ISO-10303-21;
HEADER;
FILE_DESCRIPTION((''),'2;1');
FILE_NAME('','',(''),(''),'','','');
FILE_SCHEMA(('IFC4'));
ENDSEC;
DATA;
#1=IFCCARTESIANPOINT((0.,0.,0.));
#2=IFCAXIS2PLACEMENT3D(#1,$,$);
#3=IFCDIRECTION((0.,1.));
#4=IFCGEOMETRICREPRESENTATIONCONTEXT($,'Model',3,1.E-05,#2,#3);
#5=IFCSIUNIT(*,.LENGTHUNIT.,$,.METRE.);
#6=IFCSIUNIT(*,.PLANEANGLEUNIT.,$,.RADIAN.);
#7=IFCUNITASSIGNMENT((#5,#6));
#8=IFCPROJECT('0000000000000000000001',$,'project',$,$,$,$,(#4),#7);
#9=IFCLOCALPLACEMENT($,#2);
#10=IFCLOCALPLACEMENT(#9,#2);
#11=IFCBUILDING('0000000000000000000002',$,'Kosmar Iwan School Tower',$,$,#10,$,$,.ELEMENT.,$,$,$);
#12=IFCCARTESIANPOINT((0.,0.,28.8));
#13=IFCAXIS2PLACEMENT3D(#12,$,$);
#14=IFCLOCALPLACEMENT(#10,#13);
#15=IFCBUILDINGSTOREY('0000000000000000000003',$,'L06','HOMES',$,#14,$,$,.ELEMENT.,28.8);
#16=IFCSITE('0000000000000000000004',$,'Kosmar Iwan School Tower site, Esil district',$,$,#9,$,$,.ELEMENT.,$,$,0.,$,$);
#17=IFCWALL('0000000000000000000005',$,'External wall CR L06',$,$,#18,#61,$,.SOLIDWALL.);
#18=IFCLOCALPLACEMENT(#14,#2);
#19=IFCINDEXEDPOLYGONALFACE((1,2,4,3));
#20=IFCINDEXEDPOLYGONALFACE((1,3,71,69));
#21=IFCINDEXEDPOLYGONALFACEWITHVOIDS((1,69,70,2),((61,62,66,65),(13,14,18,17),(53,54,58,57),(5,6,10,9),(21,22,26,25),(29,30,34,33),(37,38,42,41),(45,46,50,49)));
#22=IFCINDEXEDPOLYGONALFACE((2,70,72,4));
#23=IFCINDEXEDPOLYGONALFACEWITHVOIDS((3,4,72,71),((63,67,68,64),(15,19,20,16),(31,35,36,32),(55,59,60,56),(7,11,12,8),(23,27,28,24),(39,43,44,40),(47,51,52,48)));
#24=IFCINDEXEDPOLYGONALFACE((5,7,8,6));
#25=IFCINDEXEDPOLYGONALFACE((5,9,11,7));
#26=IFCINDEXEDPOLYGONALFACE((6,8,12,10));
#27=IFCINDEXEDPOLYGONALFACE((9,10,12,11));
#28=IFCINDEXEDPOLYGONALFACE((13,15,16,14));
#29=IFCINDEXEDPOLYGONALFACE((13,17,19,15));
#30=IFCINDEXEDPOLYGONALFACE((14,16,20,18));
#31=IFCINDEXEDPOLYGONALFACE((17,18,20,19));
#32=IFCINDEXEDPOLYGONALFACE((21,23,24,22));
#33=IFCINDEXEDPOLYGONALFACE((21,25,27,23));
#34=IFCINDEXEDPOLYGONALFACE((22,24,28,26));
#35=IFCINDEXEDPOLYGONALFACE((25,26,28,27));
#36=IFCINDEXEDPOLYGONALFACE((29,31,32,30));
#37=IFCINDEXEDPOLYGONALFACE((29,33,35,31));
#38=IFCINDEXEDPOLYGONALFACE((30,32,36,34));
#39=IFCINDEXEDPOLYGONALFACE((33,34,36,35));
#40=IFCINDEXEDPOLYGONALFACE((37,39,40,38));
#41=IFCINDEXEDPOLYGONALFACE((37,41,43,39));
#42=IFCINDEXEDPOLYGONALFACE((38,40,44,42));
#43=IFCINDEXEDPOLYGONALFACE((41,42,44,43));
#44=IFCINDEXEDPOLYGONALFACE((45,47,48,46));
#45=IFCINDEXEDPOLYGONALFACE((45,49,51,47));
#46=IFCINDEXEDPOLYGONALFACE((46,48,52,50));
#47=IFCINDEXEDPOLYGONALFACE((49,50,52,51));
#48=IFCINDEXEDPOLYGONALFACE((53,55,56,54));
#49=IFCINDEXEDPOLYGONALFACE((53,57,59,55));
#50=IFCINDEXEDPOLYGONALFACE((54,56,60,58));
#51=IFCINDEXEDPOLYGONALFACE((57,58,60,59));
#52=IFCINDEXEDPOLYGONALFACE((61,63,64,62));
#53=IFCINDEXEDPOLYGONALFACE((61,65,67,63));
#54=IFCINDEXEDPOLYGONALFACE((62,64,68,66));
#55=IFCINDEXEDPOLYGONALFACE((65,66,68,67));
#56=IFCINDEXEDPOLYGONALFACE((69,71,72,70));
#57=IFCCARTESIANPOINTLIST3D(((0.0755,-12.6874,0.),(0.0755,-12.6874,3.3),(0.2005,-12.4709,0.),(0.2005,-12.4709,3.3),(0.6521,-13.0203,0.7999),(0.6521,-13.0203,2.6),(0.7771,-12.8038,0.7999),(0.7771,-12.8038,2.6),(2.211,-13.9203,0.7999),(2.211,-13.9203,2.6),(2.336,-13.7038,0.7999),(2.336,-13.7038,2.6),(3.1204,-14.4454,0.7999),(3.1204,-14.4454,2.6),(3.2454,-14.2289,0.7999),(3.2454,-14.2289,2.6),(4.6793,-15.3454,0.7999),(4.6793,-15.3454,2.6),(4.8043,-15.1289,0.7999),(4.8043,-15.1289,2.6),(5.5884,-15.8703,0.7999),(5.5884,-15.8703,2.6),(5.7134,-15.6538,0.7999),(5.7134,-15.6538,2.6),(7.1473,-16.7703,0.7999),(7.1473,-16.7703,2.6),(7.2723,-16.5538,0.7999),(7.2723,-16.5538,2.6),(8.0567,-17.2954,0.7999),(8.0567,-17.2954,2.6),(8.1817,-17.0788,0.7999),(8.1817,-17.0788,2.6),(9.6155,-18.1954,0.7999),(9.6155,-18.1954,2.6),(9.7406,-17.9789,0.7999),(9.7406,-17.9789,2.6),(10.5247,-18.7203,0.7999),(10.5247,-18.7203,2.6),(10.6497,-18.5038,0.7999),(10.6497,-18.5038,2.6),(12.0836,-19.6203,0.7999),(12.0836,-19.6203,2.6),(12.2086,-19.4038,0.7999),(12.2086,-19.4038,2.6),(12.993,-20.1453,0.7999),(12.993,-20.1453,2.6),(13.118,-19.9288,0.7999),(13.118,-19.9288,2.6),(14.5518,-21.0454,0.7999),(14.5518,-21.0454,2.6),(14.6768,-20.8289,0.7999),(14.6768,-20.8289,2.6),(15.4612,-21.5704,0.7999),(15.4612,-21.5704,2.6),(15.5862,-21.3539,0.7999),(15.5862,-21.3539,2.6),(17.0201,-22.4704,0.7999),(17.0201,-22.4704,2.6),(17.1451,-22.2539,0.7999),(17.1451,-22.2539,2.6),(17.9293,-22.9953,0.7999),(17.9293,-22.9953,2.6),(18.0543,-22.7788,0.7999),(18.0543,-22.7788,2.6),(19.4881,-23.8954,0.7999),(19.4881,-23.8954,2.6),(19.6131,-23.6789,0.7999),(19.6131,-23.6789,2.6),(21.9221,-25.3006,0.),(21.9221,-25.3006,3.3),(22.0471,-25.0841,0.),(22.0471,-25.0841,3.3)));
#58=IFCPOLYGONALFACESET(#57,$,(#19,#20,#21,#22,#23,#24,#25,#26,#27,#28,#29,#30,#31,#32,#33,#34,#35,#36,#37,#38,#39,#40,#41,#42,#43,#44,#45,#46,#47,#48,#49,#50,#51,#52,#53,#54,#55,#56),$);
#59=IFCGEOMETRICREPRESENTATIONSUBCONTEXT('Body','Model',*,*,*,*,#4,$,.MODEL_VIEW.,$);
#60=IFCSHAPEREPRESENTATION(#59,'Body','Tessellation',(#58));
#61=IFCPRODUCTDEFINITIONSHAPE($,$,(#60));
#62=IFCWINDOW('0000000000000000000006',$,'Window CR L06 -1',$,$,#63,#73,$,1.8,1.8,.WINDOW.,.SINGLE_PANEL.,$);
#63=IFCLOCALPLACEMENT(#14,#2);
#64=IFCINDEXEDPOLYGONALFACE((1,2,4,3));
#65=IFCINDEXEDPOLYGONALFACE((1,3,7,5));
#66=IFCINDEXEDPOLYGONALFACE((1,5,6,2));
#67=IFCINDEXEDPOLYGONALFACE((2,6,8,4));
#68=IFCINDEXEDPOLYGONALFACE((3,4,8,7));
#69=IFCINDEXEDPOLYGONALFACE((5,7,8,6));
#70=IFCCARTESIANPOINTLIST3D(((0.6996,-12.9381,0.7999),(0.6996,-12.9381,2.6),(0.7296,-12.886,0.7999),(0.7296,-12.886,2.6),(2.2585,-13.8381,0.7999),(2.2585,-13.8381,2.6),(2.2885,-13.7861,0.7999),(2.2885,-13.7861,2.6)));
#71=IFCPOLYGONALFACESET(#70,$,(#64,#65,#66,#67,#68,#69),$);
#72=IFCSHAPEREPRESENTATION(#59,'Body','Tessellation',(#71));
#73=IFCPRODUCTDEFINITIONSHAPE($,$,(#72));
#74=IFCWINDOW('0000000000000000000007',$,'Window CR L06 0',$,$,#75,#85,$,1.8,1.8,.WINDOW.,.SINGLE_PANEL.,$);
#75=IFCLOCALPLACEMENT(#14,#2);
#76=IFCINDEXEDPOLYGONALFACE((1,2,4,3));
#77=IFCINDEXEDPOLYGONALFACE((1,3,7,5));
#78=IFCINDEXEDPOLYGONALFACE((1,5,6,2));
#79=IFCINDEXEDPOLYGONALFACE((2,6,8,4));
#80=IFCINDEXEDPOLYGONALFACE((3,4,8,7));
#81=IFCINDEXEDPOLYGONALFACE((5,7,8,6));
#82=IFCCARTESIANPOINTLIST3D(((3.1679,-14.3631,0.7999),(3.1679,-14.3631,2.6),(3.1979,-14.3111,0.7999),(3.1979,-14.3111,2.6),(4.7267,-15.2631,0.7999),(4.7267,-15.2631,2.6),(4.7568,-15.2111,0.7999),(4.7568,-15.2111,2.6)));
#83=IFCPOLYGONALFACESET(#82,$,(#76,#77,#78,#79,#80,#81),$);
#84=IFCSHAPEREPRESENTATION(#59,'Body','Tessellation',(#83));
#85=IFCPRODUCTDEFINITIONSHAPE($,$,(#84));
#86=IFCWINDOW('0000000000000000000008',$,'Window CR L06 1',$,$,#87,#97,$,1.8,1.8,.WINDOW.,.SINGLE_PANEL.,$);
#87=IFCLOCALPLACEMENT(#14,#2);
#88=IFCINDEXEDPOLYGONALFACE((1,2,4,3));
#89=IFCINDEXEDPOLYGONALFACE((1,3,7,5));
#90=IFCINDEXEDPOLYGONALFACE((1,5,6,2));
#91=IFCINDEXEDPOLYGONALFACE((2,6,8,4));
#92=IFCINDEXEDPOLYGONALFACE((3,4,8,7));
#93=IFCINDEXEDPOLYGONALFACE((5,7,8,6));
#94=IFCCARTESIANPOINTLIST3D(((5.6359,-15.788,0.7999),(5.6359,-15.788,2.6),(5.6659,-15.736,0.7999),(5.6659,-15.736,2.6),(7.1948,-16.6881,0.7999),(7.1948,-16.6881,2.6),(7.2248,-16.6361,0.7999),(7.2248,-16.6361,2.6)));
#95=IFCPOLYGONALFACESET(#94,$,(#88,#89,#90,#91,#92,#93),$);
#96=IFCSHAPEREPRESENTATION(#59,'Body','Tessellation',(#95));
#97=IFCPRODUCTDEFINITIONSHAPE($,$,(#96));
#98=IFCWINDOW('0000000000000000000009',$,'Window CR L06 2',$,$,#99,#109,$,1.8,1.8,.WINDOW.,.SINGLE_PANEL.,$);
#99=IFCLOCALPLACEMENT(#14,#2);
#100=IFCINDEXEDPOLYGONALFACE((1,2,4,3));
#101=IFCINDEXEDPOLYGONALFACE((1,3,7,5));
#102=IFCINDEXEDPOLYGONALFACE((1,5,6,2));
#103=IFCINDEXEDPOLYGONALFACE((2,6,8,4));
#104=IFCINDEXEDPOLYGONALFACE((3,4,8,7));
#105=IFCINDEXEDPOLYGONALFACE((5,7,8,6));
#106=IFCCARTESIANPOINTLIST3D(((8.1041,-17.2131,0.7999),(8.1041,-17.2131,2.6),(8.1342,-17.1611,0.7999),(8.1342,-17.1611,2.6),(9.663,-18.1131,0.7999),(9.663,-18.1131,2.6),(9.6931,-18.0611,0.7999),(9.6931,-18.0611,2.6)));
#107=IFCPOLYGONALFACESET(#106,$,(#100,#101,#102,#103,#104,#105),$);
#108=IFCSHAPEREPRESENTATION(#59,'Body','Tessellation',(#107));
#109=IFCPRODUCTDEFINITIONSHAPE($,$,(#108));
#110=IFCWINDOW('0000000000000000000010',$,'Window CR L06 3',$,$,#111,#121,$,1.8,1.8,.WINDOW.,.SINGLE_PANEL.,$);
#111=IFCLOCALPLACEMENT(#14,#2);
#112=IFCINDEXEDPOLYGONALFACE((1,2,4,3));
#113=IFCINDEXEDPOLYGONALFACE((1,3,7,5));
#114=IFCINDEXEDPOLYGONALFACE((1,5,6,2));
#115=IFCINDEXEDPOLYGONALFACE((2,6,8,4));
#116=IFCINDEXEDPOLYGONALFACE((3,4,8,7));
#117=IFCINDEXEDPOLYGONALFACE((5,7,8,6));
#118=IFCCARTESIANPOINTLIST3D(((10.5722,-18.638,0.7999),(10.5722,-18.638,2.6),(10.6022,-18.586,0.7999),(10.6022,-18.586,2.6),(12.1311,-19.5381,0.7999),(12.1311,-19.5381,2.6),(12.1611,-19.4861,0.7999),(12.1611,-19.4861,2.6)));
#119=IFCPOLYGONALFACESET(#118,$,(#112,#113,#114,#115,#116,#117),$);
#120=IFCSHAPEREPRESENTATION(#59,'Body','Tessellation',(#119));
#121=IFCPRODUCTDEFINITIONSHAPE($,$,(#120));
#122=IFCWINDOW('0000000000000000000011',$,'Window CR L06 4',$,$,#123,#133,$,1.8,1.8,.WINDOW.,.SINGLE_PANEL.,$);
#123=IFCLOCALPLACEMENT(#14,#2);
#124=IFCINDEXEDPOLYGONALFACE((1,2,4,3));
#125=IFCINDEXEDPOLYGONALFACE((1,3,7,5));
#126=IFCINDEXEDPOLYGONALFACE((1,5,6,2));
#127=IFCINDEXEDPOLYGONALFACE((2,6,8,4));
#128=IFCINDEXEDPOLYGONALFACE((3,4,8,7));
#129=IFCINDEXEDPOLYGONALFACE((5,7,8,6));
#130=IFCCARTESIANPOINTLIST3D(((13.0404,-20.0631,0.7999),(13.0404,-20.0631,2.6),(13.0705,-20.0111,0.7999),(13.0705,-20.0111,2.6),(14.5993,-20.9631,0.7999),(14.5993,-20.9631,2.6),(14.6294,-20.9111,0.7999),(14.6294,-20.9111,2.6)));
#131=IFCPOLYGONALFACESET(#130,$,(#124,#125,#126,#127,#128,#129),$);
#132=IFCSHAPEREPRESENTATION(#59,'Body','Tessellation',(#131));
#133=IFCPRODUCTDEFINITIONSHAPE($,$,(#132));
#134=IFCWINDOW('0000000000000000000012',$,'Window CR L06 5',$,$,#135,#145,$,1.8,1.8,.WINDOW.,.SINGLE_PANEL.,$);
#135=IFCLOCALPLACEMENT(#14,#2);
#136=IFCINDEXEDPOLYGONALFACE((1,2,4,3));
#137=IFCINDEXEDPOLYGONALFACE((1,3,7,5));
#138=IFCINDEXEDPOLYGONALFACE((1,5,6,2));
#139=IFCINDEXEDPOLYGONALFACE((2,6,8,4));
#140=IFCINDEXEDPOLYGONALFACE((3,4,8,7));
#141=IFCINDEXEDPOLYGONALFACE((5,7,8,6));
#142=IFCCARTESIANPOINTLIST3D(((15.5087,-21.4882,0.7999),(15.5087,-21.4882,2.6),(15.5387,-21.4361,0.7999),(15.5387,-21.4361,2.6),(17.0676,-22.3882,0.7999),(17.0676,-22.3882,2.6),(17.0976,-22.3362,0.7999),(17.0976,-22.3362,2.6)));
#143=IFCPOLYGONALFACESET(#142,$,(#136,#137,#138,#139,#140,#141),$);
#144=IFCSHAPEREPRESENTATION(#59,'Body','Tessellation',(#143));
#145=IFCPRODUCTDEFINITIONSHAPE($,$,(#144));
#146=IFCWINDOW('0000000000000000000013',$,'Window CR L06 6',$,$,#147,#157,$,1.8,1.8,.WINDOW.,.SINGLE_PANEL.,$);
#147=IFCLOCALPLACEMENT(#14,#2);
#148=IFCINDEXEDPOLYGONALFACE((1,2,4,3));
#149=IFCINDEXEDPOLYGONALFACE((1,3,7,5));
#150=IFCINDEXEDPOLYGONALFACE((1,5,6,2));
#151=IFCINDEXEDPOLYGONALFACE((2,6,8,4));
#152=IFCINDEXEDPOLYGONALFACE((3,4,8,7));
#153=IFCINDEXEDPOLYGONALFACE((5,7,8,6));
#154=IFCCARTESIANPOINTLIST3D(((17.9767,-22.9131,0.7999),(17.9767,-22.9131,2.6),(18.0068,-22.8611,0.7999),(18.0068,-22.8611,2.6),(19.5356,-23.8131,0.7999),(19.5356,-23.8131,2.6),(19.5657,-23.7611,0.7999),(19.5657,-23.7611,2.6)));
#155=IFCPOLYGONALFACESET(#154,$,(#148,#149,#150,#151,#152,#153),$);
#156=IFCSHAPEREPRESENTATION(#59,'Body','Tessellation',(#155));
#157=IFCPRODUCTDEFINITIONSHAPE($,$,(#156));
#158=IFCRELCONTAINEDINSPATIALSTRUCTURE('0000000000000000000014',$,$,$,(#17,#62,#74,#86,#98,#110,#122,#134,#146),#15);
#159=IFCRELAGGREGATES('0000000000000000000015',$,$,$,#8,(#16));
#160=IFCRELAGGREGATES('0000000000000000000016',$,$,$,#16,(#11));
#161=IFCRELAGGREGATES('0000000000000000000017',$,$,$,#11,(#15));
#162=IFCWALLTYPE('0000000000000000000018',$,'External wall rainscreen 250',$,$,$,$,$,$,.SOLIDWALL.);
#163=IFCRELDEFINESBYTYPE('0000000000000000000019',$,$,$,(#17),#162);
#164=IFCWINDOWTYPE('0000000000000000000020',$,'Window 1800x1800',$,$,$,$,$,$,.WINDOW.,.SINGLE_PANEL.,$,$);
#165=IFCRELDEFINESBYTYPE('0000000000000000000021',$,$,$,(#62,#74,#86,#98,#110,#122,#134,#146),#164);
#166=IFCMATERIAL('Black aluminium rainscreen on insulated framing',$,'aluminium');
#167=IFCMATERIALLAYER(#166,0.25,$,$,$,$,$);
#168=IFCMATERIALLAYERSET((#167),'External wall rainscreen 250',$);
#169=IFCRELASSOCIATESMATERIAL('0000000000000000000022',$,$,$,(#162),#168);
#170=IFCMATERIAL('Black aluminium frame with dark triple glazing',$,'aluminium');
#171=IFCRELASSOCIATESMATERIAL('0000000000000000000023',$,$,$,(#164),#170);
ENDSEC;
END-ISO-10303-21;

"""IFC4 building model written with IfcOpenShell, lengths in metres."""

from ifc_helpers import new_model, si_unit, direction, frame, frame_2d, origin, place, context, subcontext, project, spatial, rectangle, extrude, material, layer, layer_set, type_object, element, fill, save


model = new_model("IFC4")

# Units and contexts
model_context = context("Model", 3, precision=1e-05, world=origin(), true_north=direction((0.0, 1.0)))
body_context = subcontext(model_context, "Body", "Model", "MODEL_VIEW")
ifc_project = project(units=[si_unit("LENGTHUNIT", "METRE"), si_unit("PLANEANGLEUNIT", "RADIAN")], contexts=[model_context])

# Site, building, storey
site_placement = place(None, origin())
site = spatial("IfcSite", under=ifc_project, at=site_placement, Name="Kosmar Iwan School Tower site, Esil district", CompositionType="ELEMENT", RefElevation=0.0)
building_placement = place(site_placement, origin())
building = spatial("IfcBuilding", under=site, at=building_placement, Name="Kosmar Iwan School Tower", CompositionType="ELEMENT")
storey_placement = place(building_placement, frame((0.0, 0.0, 28.8)))
storey = spatial("IfcBuildingStorey", under=building, at=storey_placement, Name="L06", Description="HOMES", CompositionType="ELEMENT", Elevation=28.8)

# Wall, openings, windows
ifc_material_1 = material(Name="Black aluminium rainscreen on insulated framing", Category="aluminium")
ifc_layer_1 = layer(ifc_material_1, 0.25)
ifc_layer_set_1 = layer_set([ifc_layer_1], Name="External wall rainscreen 250")
wall_type_1 = type_object("IfcWallType", Name="External wall rainscreen 250", PredefinedType="SOLIDWALL", material=ifc_layer_set_1)
wall_1_placement = place(storey_placement, frame((0.1379, -12.5791, 0.0), z_axis=(0.0, 0.0, 1.0), x_axis=(0.866024, -0.500003, 0.0)))
wall_1 = element("IfcWall", 1, at=wall_1_placement, inside=storey, type_object=wall_type_1, Name="External wall CR L06", PredefinedType="SOLIDWALL", context=body_context, shape_type="SweptSolid", body=[
    extrude(rectangle(XDim=25.2263, YDim=0.25, at=frame_2d((12.6133, 0.0))), origin(), (0.0, 0.0, 1.0), 3.3),
])
opening_1_placement = place(wall_1_placement, frame((0.666, 0.0, 0.8)))
opening_1 = element("IfcOpeningElement", 2, at=opening_1_placement, cuts=wall_1, PredefinedType="OPENING", context=body_context, shape_type="SweptSolid", body=[
    extrude(rectangle(XDim=1.8, YDim=1.8, at=frame_2d((0.8999, 0.8999))), frame((0.0, 0.137, 0.0), z_axis=(0.0, -1.0, 0.0), x_axis=(1.0, 0.0, 0.0)), (0.0, 0.0, 1.0), 0.2739),
])
opening_2_placement = place(wall_1_placement, frame((3.5161, 0.0, 0.8)))
opening_2 = element("IfcOpeningElement", 3, at=opening_2_placement, cuts=wall_1, PredefinedType="OPENING", context=body_context, shape_type="SweptSolid", body=[
    extrude(rectangle(XDim=1.8, YDim=1.8, at=frame_2d((0.8999, 0.8999))), frame((0.0, 0.137, 0.0), z_axis=(0.0, -1.0, 0.0), x_axis=(1.0, 0.0, 0.0)), (0.0, 0.0, 1.0), 0.2739),
])
opening_3_placement = place(wall_1_placement, frame((6.366, 0.0, 0.8)))
opening_3 = element("IfcOpeningElement", 4, at=opening_3_placement, cuts=wall_1, PredefinedType="OPENING", context=body_context, shape_type="SweptSolid", body=[
    extrude(rectangle(XDim=1.8, YDim=1.8, at=frame_2d((0.8999, 0.8999))), frame((0.0, 0.137, 0.0), z_axis=(0.0, -1.0, 0.0), x_axis=(1.0, 0.0, 0.0)), (0.0, 0.0, 1.0), 0.2739),
])
opening_4_placement = place(wall_1_placement, frame((9.2161, 0.0, 0.8)))
opening_4 = element("IfcOpeningElement", 5, at=opening_4_placement, cuts=wall_1, PredefinedType="OPENING", context=body_context, shape_type="SweptSolid", body=[
    extrude(rectangle(XDim=1.8, YDim=1.8, at=frame_2d((0.8999, 0.8999))), frame((0.0, 0.137, 0.0), z_axis=(0.0, -1.0, 0.0), x_axis=(1.0, 0.0, 0.0)), (0.0, 0.0, 1.0), 0.2739),
])
opening_5_placement = place(wall_1_placement, frame((12.0659, 0.0, 0.8)))
opening_5 = element("IfcOpeningElement", 6, at=opening_5_placement, cuts=wall_1, PredefinedType="OPENING", context=body_context, shape_type="SweptSolid", body=[
    extrude(rectangle(XDim=1.8, YDim=1.8, at=frame_2d((0.8999, 0.8999))), frame((0.0, 0.137, 0.0), z_axis=(0.0, -1.0, 0.0), x_axis=(1.0, 0.0, 0.0)), (0.0, 0.0, 1.0), 0.2739),
])
opening_6_placement = place(wall_1_placement, frame((14.916, 0.0, 0.8)))
opening_6 = element("IfcOpeningElement", 7, at=opening_6_placement, cuts=wall_1, PredefinedType="OPENING", context=body_context, shape_type="SweptSolid", body=[
    extrude(rectangle(XDim=1.8, YDim=1.8, at=frame_2d((0.8999, 0.8999))), frame((0.0, 0.137, 0.0), z_axis=(0.0, -1.0, 0.0), x_axis=(1.0, 0.0, 0.0)), (0.0, 0.0, 1.0), 0.2739),
])
opening_7_placement = place(wall_1_placement, frame((17.7661, 0.0, 0.8)))
opening_7 = element("IfcOpeningElement", 8, at=opening_7_placement, cuts=wall_1, PredefinedType="OPENING", context=body_context, shape_type="SweptSolid", body=[
    extrude(rectangle(XDim=1.8, YDim=1.8, at=frame_2d((0.8999, 0.8999))), frame((0.0, 0.137, 0.0), z_axis=(0.0, -1.0, 0.0), x_axis=(1.0, 0.0, 0.0)), (0.0, 0.0, 1.0), 0.2739),
])
opening_8_placement = place(wall_1_placement, frame((20.616, 0.0, 0.8)))
opening_8 = element("IfcOpeningElement", 9, at=opening_8_placement, cuts=wall_1, PredefinedType="OPENING", context=body_context, shape_type="SweptSolid", body=[
    extrude(rectangle(XDim=1.8, YDim=1.8, at=frame_2d((0.8999, 0.8999))), frame((0.0, 0.137, 0.0), z_axis=(0.0, -1.0, 0.0), x_axis=(1.0, 0.0, 0.0)), (0.0, 0.0, 1.0), 0.2739),
])
ifc_material_2 = material(Name="Black aluminium frame with dark triple glazing", Category="aluminium")
window_type = type_object("IfcWindowType", Name="Window 1800x1800", PartitioningType="SINGLE_PANEL", PredefinedType="WINDOW", material=ifc_material_2)
window_1_placement = place(opening_1_placement, origin())
window_1 = element("IfcWindow", 10, at=window_1_placement, inside=storey, type_object=window_type, Name="Window CR L06 -1", OverallHeight=1.8, OverallWidth=1.8, PartitioningType="SINGLE_PANEL", PredefinedType="WINDOW", context=body_context, shape_type="SweptSolid", body=[
    extrude(rectangle(XDim=1.8, YDim=1.8, at=frame_2d((0.8999, 0.8999))), frame((0.0, 0.03, 0.0), z_axis=(0.0, -1.0, 0.0), x_axis=(1.0, 0.0, 0.0)), (0.0, 0.0, 1.0), 0.0601),
])
fill(opening_1, window_1)
window_2_placement = place(opening_2_placement, origin())
window_2 = element("IfcWindow", 11, at=window_2_placement, inside=storey, type_object=window_type, Name="Window CR L06 0", OverallHeight=1.8, OverallWidth=1.8, PartitioningType="SINGLE_PANEL", PredefinedType="WINDOW", context=body_context, shape_type="SweptSolid", body=[
    extrude(rectangle(XDim=1.8, YDim=1.8, at=frame_2d((0.8999, 0.8999))), frame((0.0, 0.03, 0.0), z_axis=(0.0, -1.0, 0.0), x_axis=(1.0, 0.0, 0.0)), (0.0, 0.0, 1.0), 0.0601),
])
fill(opening_2, window_2)
window_3_placement = place(opening_3_placement, origin())
window_3 = element("IfcWindow", 12, at=window_3_placement, inside=storey, type_object=window_type, Name="Window CR L06 1", OverallHeight=1.8, OverallWidth=1.8, PartitioningType="SINGLE_PANEL", PredefinedType="WINDOW", context=body_context, shape_type="SweptSolid", body=[
    extrude(rectangle(XDim=1.8, YDim=1.8, at=frame_2d((0.8999, 0.8999))), frame((0.0, 0.03, 0.0), z_axis=(0.0, -1.0, 0.0), x_axis=(1.0, 0.0, 0.0)), (0.0, 0.0, 1.0), 0.0601),
])
fill(opening_3, window_3)
window_4_placement = place(opening_4_placement, origin())
window_4 = element("IfcWindow", 13, at=window_4_placement, inside=storey, type_object=window_type, Name="Window CR L06 2", OverallHeight=1.8, OverallWidth=1.8, PartitioningType="SINGLE_PANEL", PredefinedType="WINDOW", context=body_context, shape_type="SweptSolid", body=[
    extrude(rectangle(XDim=1.8, YDim=1.8, at=frame_2d((0.8999, 0.8999))), frame((0.0, 0.03, 0.0), z_axis=(0.0, -1.0, 0.0), x_axis=(1.0, 0.0, 0.0)), (0.0, 0.0, 1.0), 0.0601),
])
fill(opening_4, window_4)
window_5_placement = place(opening_5_placement, origin())
window_5 = element("IfcWindow", 14, at=window_5_placement, inside=storey, type_object=window_type, Name="Window CR L06 3", OverallHeight=1.8, OverallWidth=1.8, PartitioningType="SINGLE_PANEL", PredefinedType="WINDOW", context=body_context, shape_type="SweptSolid", body=[
    extrude(rectangle(XDim=1.8, YDim=1.8, at=frame_2d((0.8999, 0.8999))), frame((0.0, 0.03, 0.0), z_axis=(0.0, -1.0, 0.0), x_axis=(1.0, 0.0, 0.0)), (0.0, 0.0, 1.0), 0.0601),
])
fill(opening_5, window_5)
window_6_placement = place(opening_6_placement, origin())
window_6 = element("IfcWindow", 15, at=window_6_placement, inside=storey, type_object=window_type, Name="Window CR L06 4", OverallHeight=1.8, OverallWidth=1.8, PartitioningType="SINGLE_PANEL", PredefinedType="WINDOW", context=body_context, shape_type="SweptSolid", body=[
    extrude(rectangle(XDim=1.8, YDim=1.8, at=frame_2d((0.8999, 0.8999))), frame((0.0, 0.03, 0.0), z_axis=(0.0, -1.0, 0.0), x_axis=(1.0, 0.0, 0.0)), (0.0, 0.0, 1.0), 0.0601),
])
fill(opening_6, window_6)
window_7_placement = place(opening_7_placement, origin())
window_7 = element("IfcWindow", 16, at=window_7_placement, inside=storey, type_object=window_type, Name="Window CR L06 5", OverallHeight=1.8, OverallWidth=1.8, PartitioningType="SINGLE_PANEL", PredefinedType="WINDOW", context=body_context, shape_type="SweptSolid", body=[
    extrude(rectangle(XDim=1.8, YDim=1.8, at=frame_2d((0.8999, 0.8999))), frame((0.0, 0.03, 0.0), z_axis=(0.0, -1.0, 0.0), x_axis=(1.0, 0.0, 0.0)), (0.0, 0.0, 1.0), 0.0601),
])
fill(opening_7, window_7)
window_8_placement = place(opening_8_placement, origin())
window_8 = element("IfcWindow", 17, at=window_8_placement, inside=storey, type_object=window_type, Name="Window CR L06 6", OverallHeight=1.8, OverallWidth=1.8, PartitioningType="SINGLE_PANEL", PredefinedType="WINDOW", context=body_context, shape_type="SweptSolid", body=[
    extrude(rectangle(XDim=1.8, YDim=1.8, at=frame_2d((0.8999, 0.8999))), frame((0.0, 0.03, 0.0), z_axis=(0.0, -1.0, 0.0), x_axis=(1.0, 0.0, 0.0)), (0.0, 0.0, 1.0), 0.0601),
])
fill(opening_8, window_8)

save(model, "model.ifc")
